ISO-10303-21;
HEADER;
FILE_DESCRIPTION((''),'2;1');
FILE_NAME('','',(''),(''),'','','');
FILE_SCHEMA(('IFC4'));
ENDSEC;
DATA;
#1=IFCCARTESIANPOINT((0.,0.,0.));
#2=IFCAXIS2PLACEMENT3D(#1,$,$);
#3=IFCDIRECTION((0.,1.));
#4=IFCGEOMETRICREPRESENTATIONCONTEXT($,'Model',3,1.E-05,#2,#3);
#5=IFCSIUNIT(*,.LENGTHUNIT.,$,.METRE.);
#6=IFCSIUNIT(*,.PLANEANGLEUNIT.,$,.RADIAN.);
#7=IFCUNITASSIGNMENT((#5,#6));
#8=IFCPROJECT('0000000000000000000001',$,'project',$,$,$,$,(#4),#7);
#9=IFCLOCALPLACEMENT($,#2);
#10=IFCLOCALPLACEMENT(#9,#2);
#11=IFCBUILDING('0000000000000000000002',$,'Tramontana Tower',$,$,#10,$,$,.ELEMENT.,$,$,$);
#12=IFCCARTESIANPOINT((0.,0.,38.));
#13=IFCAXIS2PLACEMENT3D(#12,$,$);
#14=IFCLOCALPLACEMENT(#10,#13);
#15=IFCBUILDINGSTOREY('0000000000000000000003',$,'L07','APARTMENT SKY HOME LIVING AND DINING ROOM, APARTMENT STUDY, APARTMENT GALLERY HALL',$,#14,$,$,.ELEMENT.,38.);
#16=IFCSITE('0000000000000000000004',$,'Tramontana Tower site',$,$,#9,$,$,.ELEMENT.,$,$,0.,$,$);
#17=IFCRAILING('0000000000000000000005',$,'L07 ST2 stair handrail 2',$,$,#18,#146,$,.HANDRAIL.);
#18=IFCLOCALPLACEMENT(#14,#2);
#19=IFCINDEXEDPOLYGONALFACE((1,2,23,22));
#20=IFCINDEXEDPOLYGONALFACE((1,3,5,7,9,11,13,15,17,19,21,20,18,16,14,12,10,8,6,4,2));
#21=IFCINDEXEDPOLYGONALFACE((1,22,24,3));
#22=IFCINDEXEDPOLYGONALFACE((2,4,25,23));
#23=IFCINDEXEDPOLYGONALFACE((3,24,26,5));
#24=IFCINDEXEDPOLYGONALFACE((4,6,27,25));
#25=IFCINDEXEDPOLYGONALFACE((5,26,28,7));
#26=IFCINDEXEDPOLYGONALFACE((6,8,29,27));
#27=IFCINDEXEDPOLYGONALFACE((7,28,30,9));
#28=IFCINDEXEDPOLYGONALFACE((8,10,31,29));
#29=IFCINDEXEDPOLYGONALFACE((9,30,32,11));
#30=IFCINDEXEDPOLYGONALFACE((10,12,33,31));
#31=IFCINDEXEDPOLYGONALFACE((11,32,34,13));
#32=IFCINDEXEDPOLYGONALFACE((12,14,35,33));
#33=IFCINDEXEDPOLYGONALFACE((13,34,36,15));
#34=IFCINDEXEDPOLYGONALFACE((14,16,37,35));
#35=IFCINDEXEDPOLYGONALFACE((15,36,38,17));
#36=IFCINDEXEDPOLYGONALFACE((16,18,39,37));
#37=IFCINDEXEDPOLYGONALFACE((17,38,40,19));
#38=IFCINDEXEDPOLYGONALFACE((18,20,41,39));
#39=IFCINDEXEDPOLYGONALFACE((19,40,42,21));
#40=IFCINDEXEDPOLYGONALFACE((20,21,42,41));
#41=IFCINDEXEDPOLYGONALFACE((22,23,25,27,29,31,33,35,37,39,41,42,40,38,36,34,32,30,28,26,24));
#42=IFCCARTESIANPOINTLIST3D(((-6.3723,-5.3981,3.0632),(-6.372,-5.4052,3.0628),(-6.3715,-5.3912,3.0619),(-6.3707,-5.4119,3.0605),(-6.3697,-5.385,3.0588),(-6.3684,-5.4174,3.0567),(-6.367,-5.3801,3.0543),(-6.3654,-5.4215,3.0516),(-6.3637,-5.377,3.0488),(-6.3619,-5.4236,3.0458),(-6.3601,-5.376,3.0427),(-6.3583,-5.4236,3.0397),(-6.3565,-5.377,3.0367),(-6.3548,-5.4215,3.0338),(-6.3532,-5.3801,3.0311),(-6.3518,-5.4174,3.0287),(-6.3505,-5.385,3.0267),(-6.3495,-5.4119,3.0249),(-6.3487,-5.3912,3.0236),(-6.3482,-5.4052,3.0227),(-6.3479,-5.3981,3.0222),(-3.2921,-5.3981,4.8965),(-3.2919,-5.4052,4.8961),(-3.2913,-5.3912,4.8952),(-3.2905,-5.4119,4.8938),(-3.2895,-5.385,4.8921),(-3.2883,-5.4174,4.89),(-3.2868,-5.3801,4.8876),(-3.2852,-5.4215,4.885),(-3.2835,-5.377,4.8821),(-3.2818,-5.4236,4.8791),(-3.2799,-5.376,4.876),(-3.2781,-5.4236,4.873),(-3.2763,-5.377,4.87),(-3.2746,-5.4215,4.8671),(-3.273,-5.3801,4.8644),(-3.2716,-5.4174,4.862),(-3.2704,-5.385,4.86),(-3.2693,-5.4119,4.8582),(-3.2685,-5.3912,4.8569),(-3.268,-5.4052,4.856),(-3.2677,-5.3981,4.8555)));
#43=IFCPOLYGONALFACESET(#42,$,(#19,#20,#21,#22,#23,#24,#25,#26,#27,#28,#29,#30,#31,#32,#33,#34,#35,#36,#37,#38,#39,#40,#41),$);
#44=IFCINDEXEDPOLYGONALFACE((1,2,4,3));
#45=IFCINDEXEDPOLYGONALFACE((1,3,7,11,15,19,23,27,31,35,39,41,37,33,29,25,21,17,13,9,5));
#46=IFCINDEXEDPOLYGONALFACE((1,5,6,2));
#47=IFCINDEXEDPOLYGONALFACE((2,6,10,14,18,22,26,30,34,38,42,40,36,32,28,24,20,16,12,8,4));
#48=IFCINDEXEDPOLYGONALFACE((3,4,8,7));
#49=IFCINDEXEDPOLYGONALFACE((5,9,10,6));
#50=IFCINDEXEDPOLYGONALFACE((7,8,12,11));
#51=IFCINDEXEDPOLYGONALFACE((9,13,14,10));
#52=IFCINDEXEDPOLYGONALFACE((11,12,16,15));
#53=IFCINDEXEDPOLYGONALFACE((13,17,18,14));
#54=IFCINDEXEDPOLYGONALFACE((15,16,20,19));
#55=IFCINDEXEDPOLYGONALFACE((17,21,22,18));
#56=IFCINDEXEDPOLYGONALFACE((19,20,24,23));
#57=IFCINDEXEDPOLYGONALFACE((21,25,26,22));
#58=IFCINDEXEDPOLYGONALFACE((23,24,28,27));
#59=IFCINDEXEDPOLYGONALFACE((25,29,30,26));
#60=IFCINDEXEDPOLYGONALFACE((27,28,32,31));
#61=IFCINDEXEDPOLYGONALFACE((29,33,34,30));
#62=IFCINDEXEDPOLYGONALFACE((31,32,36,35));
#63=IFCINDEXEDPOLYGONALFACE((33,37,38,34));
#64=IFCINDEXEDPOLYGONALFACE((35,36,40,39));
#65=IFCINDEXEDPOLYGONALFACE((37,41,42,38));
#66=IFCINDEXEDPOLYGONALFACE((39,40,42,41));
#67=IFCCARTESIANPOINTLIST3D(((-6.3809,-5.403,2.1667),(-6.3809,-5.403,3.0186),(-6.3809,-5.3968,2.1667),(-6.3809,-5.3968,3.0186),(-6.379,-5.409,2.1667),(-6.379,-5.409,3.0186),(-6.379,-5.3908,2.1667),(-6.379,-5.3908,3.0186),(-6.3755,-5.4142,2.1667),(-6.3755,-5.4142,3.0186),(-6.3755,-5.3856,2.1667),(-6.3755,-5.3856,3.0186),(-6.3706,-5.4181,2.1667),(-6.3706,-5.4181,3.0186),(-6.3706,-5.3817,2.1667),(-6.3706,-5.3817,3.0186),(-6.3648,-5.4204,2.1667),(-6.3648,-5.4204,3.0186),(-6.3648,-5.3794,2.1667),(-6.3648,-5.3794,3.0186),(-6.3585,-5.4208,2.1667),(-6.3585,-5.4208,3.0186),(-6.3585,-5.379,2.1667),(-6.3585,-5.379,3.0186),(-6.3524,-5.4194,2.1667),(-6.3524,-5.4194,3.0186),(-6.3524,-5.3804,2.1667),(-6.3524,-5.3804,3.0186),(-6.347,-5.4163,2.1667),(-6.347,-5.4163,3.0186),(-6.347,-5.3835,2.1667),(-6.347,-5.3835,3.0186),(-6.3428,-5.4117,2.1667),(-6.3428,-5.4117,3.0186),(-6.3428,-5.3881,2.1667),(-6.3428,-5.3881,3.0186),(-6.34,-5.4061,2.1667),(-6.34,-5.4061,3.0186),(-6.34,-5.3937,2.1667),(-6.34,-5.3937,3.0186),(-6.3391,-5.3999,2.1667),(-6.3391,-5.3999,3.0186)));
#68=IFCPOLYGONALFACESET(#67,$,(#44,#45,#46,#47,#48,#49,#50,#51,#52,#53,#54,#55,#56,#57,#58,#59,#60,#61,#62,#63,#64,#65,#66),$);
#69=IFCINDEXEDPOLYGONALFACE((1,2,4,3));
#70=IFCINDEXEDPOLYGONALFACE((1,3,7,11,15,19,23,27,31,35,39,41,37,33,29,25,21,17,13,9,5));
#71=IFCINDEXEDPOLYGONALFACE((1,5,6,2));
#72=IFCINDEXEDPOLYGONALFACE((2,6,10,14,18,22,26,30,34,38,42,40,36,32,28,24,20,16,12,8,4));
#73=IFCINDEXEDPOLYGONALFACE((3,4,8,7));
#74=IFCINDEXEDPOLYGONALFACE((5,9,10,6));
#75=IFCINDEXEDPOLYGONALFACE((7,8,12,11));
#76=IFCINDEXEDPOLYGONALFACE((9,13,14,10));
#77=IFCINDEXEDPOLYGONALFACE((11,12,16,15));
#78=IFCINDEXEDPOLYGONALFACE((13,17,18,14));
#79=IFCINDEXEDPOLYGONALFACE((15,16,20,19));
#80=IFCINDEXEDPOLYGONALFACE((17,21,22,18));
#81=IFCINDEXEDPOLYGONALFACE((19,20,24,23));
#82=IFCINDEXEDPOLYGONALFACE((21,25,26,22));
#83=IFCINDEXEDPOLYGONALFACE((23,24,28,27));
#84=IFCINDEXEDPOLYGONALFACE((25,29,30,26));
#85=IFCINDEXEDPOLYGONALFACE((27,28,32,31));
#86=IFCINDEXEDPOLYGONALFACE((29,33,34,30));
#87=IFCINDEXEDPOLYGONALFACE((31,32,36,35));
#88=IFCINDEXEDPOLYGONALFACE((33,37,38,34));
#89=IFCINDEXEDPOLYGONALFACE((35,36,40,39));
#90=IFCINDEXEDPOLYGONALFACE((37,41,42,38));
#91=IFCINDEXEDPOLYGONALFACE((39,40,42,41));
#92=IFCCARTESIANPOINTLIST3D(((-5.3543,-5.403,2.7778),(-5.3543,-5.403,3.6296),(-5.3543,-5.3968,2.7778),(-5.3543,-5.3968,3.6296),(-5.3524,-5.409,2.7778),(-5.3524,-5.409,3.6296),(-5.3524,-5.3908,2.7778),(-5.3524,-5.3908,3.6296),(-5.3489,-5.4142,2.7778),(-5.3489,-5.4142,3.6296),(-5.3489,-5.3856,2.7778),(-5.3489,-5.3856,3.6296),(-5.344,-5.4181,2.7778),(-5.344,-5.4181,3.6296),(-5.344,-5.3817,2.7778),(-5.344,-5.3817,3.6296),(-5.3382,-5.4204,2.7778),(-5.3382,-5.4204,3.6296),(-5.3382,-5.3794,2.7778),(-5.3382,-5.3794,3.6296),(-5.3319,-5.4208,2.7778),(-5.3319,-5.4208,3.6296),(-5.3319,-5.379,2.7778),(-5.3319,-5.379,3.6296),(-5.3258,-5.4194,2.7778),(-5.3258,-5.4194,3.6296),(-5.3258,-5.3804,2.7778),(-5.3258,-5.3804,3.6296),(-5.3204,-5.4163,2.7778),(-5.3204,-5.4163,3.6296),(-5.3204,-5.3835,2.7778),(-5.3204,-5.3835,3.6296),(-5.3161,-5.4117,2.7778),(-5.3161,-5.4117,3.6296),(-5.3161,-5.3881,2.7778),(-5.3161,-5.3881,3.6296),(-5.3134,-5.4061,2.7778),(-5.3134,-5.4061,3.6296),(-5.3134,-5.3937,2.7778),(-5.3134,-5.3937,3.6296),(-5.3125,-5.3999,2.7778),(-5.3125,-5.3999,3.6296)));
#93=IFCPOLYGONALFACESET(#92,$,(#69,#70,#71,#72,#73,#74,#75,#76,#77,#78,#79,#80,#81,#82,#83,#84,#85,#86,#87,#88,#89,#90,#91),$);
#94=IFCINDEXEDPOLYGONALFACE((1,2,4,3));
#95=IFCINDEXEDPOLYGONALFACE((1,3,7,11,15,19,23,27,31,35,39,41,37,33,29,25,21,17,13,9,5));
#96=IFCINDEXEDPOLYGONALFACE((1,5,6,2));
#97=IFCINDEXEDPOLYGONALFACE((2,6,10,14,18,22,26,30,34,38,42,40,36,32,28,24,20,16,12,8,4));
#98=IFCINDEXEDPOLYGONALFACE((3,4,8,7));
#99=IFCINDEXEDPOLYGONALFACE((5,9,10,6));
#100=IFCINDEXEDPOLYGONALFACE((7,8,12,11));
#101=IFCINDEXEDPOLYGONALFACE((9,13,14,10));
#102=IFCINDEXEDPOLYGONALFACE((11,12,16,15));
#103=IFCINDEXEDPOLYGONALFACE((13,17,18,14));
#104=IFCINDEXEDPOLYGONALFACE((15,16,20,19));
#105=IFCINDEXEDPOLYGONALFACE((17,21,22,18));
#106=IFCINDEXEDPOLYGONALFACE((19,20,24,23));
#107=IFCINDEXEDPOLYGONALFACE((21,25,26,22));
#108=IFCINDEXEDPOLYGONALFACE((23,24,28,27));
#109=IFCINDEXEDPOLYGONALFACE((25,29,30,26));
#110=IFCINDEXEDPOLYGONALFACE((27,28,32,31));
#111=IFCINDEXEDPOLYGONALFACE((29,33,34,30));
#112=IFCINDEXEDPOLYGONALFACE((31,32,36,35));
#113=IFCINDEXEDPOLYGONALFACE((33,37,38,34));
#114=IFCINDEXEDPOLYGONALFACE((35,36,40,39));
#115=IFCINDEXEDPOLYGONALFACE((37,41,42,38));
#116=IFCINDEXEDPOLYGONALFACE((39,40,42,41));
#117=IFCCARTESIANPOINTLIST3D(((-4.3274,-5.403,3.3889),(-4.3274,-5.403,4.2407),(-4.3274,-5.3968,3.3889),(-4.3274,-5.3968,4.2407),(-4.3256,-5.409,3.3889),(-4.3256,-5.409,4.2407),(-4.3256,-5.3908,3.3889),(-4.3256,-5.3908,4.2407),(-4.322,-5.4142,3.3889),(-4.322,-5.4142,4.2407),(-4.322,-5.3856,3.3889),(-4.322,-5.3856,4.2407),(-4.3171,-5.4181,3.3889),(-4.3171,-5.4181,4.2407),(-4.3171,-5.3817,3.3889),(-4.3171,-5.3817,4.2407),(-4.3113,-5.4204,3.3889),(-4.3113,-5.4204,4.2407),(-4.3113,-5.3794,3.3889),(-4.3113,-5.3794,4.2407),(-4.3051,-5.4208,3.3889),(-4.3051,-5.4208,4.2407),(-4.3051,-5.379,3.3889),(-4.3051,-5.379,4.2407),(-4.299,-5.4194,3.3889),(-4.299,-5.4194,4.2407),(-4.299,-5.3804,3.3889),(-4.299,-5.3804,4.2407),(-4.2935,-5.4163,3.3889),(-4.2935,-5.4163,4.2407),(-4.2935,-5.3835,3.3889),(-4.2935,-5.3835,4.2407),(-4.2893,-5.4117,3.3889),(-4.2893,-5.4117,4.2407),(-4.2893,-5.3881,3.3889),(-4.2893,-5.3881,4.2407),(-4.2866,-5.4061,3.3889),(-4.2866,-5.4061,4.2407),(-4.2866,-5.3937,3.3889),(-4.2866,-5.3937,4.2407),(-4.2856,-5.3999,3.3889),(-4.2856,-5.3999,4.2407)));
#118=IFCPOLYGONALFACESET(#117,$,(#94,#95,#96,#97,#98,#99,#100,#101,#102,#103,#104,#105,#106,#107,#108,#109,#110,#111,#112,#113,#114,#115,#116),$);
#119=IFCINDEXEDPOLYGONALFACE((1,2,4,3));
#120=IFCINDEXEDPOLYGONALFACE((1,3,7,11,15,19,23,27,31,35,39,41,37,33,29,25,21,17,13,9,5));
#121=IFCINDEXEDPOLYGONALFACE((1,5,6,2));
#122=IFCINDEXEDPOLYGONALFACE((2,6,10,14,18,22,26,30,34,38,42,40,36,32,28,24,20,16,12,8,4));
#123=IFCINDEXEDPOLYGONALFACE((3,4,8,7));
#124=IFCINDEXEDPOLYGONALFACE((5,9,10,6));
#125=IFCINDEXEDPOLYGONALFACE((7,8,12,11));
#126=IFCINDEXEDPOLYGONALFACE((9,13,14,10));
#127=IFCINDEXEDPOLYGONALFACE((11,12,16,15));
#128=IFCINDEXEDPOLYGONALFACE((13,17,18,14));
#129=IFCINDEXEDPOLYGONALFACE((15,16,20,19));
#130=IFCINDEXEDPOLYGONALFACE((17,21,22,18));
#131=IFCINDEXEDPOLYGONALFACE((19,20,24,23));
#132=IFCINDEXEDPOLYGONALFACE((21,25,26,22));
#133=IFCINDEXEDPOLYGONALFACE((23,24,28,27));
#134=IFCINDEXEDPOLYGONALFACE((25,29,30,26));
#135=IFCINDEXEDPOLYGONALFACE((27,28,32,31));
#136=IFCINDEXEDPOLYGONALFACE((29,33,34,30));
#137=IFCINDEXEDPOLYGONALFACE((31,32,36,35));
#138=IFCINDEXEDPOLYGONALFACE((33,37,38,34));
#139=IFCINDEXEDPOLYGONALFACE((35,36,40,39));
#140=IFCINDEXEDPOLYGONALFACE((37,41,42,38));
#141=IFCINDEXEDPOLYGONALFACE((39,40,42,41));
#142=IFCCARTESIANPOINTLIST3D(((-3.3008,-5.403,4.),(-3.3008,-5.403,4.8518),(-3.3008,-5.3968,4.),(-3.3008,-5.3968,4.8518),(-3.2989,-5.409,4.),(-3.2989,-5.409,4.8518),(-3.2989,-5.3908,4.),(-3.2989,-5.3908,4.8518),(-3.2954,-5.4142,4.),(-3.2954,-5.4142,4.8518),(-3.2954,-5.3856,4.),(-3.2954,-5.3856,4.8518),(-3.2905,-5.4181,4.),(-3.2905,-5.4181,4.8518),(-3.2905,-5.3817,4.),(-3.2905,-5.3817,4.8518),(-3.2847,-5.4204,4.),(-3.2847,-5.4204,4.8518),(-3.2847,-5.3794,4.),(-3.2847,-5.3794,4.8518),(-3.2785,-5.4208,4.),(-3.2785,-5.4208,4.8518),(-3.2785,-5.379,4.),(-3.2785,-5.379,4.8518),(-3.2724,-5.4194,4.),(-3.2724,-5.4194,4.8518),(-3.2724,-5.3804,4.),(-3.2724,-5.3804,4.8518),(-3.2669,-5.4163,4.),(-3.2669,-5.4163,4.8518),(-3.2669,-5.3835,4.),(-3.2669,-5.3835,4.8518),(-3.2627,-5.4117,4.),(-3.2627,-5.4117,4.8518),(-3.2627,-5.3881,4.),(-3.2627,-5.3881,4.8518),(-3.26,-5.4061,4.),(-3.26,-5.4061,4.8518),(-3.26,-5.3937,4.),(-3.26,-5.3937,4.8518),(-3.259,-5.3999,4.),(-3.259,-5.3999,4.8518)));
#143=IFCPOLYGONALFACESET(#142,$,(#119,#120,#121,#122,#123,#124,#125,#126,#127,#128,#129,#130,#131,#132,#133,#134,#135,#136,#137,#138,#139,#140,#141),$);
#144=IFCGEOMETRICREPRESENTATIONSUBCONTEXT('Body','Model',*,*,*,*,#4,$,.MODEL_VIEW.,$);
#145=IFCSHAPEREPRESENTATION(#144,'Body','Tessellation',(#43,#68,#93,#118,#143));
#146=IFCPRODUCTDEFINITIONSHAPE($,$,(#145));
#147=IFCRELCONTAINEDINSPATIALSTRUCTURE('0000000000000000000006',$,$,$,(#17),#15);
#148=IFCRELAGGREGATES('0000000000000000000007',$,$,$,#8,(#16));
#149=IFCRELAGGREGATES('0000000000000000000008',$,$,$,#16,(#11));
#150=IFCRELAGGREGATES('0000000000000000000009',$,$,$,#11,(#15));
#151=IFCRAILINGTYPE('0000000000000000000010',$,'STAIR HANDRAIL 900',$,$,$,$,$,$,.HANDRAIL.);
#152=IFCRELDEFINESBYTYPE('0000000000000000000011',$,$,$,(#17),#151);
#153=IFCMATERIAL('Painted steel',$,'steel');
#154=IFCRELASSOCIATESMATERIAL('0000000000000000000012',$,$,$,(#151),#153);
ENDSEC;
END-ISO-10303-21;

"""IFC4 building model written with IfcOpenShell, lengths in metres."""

from ifc_helpers import new_model, si_unit, direction, frame, origin, origin_2d, place, context, subcontext, project, spatial, circle, extrude, material, type_object, element, save


model = new_model("IFC4")

# Units and contexts
model_context = context("Model", 3, precision=1e-05, world=origin(), true_north=direction((0.0, 1.0)))
body_context = subcontext(model_context, "Body", "Model", "MODEL_VIEW")
ifc_project = project(units=[si_unit("LENGTHUNIT", "METRE"), si_unit("PLANEANGLEUNIT", "RADIAN")], contexts=[model_context])

# Site, building, storey
site_placement = place(None, origin())
site = spatial("IfcSite", under=ifc_project, at=site_placement, Name="Tramontana Tower site", CompositionType="ELEMENT", RefElevation=0.0)
building_placement = place(site_placement, origin())
building = spatial("IfcBuilding", under=site, at=building_placement, Name="Tramontana Tower", CompositionType="ELEMENT")
storey_placement = place(building_placement, frame((0.0, 0.0, 38.0)))
storey = spatial("IfcBuildingStorey", under=building, at=storey_placement, Name="L07", Description="APARTMENT SKY HOME LIVING AND DINING ROOM, APARTMENT STUDY, APARTMENT GALLERY HALL", CompositionType="ELEMENT", Elevation=38.0)

# Railing
ifc_material_1 = material(Name="Painted steel", Category="steel")
railing_type_1 = type_object("IfcRailingType", Name="STAIR HANDRAIL 900", PredefinedType="HANDRAIL", material=ifc_material_1)
railing_1_placement = place(storey_placement, frame((-6.3601, -5.3999, 2.1667)))
element("IfcRailing", 1, at=railing_1_placement, inside=storey, type_object=railing_type_1, Name="L07 ST2 stair handrail 2", PredefinedType="HANDRAIL", context=body_context, shape_type="SweptSolid", body=[
    extrude(circle(Radius=0.0239, at=origin_2d()), frame((0.0, 0.0, 0.876), z_axis=(0.859309, 0.0, 0.511458), x_axis=(0.0, 1.0, 0.0)), (0.0, 0.0, 1.0), 3.5845),
    extrude(circle(Radius=0.021, at=origin_2d()), origin(), (0.0, 0.0, 1.0), 0.8518),
    extrude(circle(Radius=0.021, at=origin_2d()), frame((1.0266, 0.0, 0.6111)), (0.0, 0.0, 1.0), 0.8518),
    extrude(circle(Radius=0.021, at=origin_2d()), frame((2.0535, 0.0, 1.2222)), (0.0, 0.0, 1.0), 0.8518),
    extrude(circle(Radius=0.021, at=origin_2d()), frame((3.0801, 0.0, 1.8333)), (0.0, 0.0, 1.0), 0.8518),
])

save(model, "model.ifc")
